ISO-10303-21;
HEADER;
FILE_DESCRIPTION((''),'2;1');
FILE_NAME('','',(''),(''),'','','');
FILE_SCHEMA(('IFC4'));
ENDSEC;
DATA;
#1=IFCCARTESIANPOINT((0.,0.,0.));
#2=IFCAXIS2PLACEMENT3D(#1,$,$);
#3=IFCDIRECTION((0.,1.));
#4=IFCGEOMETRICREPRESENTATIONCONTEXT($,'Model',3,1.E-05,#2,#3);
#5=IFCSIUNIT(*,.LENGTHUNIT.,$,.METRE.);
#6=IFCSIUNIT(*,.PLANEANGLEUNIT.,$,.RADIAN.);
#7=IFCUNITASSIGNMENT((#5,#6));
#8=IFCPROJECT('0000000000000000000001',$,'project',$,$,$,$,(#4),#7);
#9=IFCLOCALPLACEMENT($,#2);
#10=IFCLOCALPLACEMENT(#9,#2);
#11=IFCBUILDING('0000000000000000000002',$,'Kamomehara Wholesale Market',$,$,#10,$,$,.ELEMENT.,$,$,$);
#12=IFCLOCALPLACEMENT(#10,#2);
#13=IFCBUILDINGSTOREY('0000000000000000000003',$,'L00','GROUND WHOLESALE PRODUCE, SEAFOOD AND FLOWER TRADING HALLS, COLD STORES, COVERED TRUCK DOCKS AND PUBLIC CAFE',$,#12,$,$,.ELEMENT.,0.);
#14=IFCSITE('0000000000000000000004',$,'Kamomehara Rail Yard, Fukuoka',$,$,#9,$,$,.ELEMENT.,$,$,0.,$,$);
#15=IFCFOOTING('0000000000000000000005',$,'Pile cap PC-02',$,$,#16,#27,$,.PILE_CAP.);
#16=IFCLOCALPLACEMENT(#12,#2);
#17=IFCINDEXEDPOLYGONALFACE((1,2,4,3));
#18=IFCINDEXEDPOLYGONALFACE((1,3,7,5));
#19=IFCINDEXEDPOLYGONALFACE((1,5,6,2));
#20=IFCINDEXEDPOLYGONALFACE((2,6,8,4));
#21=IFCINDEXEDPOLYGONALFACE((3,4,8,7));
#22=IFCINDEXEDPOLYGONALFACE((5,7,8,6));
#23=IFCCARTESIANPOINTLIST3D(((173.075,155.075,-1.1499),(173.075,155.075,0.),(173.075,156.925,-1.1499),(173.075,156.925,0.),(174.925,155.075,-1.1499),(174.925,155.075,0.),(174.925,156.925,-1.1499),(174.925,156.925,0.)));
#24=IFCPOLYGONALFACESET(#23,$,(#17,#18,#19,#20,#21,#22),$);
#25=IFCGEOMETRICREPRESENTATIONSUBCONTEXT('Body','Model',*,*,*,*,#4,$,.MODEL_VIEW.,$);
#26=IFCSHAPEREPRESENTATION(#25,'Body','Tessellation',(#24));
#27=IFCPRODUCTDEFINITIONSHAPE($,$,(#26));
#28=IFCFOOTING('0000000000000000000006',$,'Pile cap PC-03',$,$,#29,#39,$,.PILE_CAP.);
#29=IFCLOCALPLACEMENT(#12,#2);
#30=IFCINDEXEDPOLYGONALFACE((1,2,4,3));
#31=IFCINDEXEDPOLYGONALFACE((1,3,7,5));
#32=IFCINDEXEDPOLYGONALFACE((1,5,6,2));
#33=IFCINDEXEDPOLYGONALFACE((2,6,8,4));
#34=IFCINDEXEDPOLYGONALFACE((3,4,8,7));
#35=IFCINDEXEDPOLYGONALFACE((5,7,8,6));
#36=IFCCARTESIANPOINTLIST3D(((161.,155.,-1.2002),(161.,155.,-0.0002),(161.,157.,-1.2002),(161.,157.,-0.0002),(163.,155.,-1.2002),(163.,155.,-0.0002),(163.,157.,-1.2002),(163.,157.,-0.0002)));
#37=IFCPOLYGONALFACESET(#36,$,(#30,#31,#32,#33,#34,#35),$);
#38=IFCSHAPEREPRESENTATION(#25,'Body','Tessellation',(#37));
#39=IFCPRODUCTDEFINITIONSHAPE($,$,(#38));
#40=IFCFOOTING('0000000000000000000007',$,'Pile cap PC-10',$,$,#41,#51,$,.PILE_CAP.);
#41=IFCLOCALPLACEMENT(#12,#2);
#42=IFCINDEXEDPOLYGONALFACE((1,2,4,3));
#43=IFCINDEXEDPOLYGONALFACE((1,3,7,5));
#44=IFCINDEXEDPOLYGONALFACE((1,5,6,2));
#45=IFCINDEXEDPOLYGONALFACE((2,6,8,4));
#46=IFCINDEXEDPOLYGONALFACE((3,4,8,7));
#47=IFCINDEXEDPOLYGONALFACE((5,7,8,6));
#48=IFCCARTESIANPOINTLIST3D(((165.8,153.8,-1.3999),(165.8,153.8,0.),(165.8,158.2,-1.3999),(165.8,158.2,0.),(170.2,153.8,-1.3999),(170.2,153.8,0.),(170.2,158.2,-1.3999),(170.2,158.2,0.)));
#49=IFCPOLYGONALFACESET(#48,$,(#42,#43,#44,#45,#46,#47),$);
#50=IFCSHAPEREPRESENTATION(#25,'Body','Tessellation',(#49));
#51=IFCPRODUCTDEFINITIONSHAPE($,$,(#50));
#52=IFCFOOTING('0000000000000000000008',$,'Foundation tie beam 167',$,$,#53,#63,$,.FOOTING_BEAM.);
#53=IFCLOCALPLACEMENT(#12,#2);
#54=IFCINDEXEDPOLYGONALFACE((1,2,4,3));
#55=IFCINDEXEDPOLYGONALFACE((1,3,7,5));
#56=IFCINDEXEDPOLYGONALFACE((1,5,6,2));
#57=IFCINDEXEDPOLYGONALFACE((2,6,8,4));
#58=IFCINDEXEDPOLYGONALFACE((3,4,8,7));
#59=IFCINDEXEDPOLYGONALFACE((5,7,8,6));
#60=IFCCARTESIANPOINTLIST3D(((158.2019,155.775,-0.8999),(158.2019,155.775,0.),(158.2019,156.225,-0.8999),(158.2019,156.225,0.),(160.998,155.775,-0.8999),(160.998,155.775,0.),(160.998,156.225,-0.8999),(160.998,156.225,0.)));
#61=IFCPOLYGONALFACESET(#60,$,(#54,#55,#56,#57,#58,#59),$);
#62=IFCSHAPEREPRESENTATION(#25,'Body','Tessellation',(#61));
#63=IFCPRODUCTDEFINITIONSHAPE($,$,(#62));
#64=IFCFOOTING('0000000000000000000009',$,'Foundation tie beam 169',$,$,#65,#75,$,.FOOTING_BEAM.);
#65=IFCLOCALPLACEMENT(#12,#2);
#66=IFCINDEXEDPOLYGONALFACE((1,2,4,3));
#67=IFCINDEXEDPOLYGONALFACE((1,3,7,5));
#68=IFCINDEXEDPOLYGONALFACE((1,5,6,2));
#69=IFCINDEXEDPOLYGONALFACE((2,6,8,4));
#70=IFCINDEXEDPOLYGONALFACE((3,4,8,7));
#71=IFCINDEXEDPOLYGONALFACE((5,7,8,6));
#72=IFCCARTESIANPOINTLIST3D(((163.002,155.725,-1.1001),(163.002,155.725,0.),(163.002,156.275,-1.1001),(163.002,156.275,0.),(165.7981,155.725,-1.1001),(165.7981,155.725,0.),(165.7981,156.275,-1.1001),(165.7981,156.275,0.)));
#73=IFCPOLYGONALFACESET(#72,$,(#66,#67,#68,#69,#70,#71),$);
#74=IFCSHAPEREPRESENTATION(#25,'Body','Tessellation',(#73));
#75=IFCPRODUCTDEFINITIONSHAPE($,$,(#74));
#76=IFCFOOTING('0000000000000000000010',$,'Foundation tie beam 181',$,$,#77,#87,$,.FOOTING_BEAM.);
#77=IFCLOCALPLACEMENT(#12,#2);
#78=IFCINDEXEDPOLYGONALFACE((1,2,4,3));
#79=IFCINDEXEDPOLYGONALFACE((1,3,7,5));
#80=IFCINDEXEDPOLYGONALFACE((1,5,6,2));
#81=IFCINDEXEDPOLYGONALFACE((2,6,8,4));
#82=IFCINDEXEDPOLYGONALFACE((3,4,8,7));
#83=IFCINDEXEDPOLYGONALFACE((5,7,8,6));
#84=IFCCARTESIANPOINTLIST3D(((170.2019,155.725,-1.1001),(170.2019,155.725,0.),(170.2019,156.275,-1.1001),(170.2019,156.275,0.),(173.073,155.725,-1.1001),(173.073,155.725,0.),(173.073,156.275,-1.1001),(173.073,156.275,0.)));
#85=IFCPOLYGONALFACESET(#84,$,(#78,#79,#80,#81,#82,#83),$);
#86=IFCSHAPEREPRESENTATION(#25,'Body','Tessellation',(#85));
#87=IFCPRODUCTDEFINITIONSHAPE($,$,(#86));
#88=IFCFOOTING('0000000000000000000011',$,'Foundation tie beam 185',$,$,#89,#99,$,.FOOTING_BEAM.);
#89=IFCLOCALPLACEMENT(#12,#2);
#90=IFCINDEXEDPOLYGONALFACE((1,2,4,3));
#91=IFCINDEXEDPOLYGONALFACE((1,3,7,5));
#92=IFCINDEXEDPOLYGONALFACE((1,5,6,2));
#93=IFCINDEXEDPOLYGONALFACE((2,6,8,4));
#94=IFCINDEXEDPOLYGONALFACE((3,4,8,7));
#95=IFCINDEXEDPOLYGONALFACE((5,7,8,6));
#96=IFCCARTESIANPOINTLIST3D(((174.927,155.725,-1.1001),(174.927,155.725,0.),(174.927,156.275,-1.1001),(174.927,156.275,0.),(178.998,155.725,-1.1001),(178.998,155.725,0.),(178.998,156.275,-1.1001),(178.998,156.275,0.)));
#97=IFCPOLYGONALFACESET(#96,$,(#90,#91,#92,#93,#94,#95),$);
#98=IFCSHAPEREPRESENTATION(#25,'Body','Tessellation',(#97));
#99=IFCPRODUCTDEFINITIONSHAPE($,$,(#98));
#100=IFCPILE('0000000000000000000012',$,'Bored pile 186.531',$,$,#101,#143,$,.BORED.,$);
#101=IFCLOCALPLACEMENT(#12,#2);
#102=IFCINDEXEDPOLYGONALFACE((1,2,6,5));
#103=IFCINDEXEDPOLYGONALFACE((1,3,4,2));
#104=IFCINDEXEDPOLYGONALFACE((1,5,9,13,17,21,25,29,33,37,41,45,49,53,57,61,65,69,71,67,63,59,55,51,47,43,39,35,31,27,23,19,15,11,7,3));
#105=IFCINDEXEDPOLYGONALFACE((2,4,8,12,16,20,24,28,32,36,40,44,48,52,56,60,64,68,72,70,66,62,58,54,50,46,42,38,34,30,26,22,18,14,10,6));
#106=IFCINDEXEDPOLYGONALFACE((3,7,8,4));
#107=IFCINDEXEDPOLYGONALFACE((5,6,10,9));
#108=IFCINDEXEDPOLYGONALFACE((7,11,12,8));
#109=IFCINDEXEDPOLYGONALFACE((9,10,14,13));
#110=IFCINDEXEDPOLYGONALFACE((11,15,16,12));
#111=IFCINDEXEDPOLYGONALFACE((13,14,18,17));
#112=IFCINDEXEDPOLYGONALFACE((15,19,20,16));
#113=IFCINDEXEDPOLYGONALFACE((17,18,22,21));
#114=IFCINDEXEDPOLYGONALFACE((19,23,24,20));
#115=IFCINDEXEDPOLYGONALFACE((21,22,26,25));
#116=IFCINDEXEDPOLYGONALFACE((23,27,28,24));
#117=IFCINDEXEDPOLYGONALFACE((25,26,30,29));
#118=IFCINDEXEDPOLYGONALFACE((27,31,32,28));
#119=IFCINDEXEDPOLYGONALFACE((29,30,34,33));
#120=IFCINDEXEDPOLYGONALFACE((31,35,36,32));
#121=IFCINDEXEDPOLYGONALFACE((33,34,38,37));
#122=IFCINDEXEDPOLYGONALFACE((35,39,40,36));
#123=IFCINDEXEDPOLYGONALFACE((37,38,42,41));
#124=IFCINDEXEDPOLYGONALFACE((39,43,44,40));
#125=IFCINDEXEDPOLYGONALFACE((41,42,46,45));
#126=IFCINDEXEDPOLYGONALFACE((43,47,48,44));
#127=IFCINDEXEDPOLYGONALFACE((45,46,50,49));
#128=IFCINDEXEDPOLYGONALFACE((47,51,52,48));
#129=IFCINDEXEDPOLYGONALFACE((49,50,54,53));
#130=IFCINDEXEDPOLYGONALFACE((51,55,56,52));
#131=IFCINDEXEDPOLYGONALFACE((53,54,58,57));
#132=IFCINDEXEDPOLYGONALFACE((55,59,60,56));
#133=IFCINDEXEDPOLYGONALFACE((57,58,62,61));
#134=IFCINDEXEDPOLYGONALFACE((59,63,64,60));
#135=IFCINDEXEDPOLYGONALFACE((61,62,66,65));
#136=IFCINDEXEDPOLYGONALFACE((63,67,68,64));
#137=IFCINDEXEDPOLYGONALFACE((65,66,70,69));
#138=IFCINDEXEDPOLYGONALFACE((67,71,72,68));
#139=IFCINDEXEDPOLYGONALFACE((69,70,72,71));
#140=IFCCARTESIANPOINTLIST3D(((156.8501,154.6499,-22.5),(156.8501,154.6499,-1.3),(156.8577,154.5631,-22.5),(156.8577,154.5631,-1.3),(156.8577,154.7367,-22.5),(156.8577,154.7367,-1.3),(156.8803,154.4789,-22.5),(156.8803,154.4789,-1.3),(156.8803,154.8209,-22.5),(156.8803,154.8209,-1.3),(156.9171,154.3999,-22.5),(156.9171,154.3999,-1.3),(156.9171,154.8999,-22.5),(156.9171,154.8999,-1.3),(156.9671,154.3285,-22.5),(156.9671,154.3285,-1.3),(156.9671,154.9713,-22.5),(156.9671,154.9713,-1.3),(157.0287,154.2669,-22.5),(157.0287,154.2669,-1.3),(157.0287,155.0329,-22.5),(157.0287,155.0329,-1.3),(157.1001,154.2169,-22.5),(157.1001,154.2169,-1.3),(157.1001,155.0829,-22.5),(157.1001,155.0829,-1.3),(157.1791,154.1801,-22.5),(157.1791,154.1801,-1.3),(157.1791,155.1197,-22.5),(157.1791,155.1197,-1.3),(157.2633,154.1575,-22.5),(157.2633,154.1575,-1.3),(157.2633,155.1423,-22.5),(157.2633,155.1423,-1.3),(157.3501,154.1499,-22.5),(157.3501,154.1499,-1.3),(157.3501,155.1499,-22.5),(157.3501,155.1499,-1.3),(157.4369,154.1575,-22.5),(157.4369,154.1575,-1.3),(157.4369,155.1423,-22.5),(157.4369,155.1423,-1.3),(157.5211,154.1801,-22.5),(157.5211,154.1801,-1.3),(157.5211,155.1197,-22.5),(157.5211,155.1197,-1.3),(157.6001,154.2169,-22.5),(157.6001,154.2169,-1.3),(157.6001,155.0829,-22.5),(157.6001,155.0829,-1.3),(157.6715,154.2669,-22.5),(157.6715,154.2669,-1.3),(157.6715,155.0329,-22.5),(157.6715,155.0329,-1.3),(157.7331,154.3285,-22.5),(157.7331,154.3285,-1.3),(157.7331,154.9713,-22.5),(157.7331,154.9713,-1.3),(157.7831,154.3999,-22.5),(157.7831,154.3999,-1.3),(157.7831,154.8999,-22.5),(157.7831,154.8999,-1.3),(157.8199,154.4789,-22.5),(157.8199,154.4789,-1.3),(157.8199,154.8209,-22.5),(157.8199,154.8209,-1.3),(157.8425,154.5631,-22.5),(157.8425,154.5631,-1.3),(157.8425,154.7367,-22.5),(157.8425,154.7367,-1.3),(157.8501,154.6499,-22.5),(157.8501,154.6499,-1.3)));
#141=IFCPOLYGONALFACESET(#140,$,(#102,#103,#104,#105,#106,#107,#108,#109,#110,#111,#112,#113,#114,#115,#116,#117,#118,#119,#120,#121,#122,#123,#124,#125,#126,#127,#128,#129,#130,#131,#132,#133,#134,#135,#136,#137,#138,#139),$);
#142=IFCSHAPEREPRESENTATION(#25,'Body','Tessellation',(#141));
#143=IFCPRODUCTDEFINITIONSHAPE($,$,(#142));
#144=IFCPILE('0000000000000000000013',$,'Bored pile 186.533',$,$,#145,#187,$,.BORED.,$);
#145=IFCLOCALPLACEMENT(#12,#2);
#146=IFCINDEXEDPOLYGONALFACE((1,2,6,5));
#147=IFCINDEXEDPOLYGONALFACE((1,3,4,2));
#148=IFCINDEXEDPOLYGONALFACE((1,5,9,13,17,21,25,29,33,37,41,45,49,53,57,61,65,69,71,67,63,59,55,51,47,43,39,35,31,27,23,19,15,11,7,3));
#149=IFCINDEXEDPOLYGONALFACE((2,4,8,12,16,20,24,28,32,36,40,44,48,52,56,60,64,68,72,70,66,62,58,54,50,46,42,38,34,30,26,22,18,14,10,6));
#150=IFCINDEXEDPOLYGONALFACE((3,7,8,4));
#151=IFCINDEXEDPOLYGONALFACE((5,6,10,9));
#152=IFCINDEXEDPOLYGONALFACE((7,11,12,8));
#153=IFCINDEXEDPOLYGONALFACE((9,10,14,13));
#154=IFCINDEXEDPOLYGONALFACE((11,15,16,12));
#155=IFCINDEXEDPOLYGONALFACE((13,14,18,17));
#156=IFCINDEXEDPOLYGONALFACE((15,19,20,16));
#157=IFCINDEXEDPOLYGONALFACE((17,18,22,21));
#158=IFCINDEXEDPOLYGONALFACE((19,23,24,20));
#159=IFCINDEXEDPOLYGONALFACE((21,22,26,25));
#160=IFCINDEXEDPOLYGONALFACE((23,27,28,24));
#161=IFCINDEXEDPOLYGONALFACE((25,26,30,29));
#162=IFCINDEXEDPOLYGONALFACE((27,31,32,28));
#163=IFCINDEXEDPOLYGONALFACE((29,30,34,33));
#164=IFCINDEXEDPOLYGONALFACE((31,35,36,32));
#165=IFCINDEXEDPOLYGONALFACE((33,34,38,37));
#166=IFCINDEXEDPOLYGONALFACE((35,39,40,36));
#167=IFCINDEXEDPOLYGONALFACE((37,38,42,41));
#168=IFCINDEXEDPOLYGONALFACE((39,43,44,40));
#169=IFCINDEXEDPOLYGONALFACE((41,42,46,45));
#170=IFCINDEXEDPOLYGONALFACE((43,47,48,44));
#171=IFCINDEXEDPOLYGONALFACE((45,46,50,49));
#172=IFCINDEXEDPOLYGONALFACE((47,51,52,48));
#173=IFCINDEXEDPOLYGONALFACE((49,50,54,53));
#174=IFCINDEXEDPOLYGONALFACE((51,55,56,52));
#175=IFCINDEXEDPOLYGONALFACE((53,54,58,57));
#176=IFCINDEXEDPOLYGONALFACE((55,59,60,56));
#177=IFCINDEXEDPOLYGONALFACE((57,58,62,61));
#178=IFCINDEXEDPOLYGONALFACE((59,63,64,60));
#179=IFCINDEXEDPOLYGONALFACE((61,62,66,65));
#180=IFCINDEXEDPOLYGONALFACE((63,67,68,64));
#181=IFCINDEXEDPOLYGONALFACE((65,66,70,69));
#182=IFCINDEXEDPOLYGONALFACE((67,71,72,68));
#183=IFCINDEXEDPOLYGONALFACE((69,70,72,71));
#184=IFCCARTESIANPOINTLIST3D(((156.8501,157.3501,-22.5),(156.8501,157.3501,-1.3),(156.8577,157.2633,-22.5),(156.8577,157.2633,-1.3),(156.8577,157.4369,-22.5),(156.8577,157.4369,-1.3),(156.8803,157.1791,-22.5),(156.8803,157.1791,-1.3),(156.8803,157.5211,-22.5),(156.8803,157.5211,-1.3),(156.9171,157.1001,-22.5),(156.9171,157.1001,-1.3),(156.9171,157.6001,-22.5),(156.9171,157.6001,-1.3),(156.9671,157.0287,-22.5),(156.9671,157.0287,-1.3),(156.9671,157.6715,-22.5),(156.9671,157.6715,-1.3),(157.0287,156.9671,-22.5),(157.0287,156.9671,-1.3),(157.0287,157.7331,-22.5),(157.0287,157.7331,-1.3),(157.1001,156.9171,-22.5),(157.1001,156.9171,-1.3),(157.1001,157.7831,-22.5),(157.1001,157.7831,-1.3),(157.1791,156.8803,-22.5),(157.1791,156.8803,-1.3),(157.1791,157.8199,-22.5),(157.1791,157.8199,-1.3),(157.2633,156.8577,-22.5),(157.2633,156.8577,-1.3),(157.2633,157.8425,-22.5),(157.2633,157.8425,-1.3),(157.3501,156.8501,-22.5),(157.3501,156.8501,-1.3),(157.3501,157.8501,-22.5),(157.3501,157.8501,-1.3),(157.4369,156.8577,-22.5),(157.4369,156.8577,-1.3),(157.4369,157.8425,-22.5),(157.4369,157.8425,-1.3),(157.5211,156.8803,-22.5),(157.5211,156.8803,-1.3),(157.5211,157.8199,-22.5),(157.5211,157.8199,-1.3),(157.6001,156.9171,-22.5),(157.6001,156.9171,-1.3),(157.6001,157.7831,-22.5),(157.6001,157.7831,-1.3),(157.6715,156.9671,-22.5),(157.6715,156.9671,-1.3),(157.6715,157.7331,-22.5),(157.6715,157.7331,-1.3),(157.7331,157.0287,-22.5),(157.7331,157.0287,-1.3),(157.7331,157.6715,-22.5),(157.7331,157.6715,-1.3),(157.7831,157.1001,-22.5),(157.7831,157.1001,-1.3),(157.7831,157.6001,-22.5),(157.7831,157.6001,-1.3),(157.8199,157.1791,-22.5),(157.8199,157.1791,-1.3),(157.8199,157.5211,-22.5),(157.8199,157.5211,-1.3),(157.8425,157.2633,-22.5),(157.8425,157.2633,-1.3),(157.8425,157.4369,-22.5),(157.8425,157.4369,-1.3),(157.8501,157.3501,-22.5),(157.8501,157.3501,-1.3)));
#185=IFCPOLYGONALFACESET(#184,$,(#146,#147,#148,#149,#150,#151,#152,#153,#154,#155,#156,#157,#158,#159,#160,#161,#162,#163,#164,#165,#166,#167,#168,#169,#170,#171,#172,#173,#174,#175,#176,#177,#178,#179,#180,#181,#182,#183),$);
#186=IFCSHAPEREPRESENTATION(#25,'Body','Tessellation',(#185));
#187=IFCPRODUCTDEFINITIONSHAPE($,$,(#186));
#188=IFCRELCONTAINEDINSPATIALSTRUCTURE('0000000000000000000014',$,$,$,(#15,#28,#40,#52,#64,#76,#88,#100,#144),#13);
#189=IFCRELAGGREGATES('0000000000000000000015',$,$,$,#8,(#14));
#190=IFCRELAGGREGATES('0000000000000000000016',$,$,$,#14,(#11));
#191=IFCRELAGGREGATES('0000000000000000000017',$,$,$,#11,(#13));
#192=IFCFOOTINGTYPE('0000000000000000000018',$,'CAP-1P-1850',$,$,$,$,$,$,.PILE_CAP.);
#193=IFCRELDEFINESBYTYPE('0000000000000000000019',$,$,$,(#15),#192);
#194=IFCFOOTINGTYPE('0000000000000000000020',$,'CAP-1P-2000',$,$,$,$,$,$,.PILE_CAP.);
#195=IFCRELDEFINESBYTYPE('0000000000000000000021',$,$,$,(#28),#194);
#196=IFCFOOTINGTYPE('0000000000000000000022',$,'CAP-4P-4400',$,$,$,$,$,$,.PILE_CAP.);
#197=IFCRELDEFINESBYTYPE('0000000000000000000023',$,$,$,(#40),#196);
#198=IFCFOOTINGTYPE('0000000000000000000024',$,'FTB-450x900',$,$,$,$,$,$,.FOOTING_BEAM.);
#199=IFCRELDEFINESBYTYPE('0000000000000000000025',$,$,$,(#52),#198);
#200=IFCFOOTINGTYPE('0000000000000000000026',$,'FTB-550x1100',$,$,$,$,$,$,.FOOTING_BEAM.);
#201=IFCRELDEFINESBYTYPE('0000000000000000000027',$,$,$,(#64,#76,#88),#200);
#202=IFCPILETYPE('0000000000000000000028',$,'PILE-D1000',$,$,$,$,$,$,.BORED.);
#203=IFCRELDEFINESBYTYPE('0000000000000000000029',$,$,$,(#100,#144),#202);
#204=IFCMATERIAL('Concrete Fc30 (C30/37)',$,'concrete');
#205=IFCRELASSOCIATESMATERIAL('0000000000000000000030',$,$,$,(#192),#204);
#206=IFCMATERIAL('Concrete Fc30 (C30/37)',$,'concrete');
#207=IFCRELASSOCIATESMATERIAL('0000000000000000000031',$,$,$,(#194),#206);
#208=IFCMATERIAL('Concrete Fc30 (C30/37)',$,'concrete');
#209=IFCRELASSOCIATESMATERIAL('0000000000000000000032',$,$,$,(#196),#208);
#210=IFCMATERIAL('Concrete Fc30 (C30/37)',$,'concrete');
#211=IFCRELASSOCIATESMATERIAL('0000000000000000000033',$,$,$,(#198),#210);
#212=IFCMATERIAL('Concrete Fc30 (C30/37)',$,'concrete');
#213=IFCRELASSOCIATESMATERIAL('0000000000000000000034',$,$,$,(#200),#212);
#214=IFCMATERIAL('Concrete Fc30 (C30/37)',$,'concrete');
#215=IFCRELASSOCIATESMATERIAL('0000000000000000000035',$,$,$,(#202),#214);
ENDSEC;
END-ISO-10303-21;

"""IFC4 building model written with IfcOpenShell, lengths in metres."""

from ifc_helpers import new_model, si_unit, direction, frame, origin, origin_2d, place, context, subcontext, project, spatial, rectangle, circle, extrude, material, material_profile, profile_set, type_object, element, save


model = new_model("IFC4")

# Units and contexts
model_context = context("Model", 3, precision=1e-05, world=origin(), true_north=direction((0.0, 1.0)))
body_context = subcontext(model_context, "Body", "Model", "MODEL_VIEW")
ifc_project = project(units=[si_unit("LENGTHUNIT", "METRE"), si_unit("PLANEANGLEUNIT", "RADIAN")], contexts=[model_context])

# Site, building, storey
site_placement = place(None, origin())
site = spatial("IfcSite", under=ifc_project, at=site_placement, Name="Kamomehara Rail Yard, Fukuoka", CompositionType="ELEMENT", RefElevation=0.0)
building_placement = place(site_placement, origin())
building = spatial("IfcBuilding", under=site, at=building_placement, Name="Kamomehara Wholesale Market", CompositionType="ELEMENT")
storey_placement = place(building_placement, origin())
storey = spatial("IfcBuildingStorey", under=building, at=storey_placement, Name="L00", Description="GROUND WHOLESALE PRODUCE, SEAFOOD AND FLOWER TRADING HALLS, COLD STORES, COVERED TRUCK DOCKS AND PUBLIC CAFE", CompositionType="ELEMENT", Elevation=0.0)

# Footings
ifc_material_1 = material(Name="Concrete Fc30 (C30/37)", Category="concrete")
footing_type_1 = type_object("IfcFootingType", Name="CAP-1P-1850", PredefinedType="PILE_CAP", material=ifc_material_1)
footing_1_placement = place(storey_placement, frame((174.0, 156.0, -1.1499), z_axis=(0.0, 0.0, 1.0), x_axis=(1.0, 0.0, 0.0)))
element("IfcFooting", 1, at=footing_1_placement, inside=storey, type_object=footing_type_1, Name="Pile cap PC-02", PredefinedType="PILE_CAP", context=body_context, shape_type="SweptSolid", body=[
    extrude(rectangle(XDim=1.8501, YDim=1.8501, at=origin_2d()), origin(), (0.0, 0.0, 1.0), 1.1499),
])
ifc_material_2 = material(Name="Concrete Fc30 (C30/37)", Category="concrete")
footing_type_2 = type_object("IfcFootingType", Name="CAP-1P-2000", PredefinedType="PILE_CAP", material=ifc_material_2)
footing_2_placement = place(storey_placement, frame((162.0, 156.0, -1.2002), z_axis=(0.0, 0.0, 1.0), x_axis=(1.0, 0.0, 0.0)))
element("IfcFooting", 2, at=footing_2_placement, inside=storey, type_object=footing_type_2, Name="Pile cap PC-03", PredefinedType="PILE_CAP", context=body_context, shape_type="SweptSolid", body=[
    extrude(rectangle(XDim=2.0, YDim=2.0, at=origin_2d()), origin(), (0.0, 0.0, 1.0), 1.2),
])
ifc_material_3 = material(Name="Concrete Fc30 (C30/37)", Category="concrete")
footing_type_3 = type_object("IfcFootingType", Name="CAP-4P-4400", PredefinedType="PILE_CAP", material=ifc_material_3)
footing_3_placement = place(storey_placement, frame((168.0, 156.0, -1.3999), z_axis=(0.0, 0.0, 1.0), x_axis=(1.0, 0.0, 0.0)))
element("IfcFooting", 3, at=footing_3_placement, inside=storey, type_object=footing_type_3, Name="Pile cap PC-10", PredefinedType="PILE_CAP", context=body_context, shape_type="SweptSolid", body=[
    extrude(rectangle(XDim=4.3999, YDim=4.3999, at=origin_2d()), origin(), (0.0, 0.0, 1.0), 1.3999),
])
ifc_material_4 = material(Name="Concrete Fc30 (C30/37)", Category="concrete")
ifc_material_profile_1 = material_profile(ifc_material_4, rectangle(XDim=0.45, YDim=0.8999, at=origin_2d()), Name="RC-FTB-450x900")
ifc_profile_set_1 = profile_set([ifc_material_profile_1], Name="Concrete Fc30 (C30/37)")
footing_type_4 = type_object("IfcFootingType", Name="FTB-450x900", PredefinedType="FOOTING_BEAM", material=ifc_profile_set_1)
footing_4_placement = place(storey_placement, frame((158.2019, 156.0, -0.45), z_axis=(1.0, 0.0, 0.0), x_axis=(0.0, 1.0, 0.0)))
element("IfcFooting", 4, at=footing_4_placement, inside=storey, type_object=footing_type_4, Name="Foundation tie beam 167", PredefinedType="FOOTING_BEAM", context=body_context, shape_type="SweptSolid", body=[
    extrude(rectangle(XDim=0.45, YDim=0.8999, at=origin_2d()), origin(), (0.0, 0.0, 1.0), 2.7961),
])
ifc_material_5 = material(Name="Concrete Fc30 (C30/37)", Category="concrete")
ifc_material_profile_2 = material_profile(ifc_material_5, rectangle(XDim=0.55, YDim=1.1001, at=origin_2d()), Name="RC-FTB-550x1100")
ifc_profile_set_2 = profile_set([ifc_material_profile_2], Name="Concrete Fc30 (C30/37)")
footing_type_5 = type_object("IfcFootingType", Name="FTB-550x1100", PredefinedType="FOOTING_BEAM", material=ifc_profile_set_2)
footing_5_placement = place(storey_placement, frame((163.002, 156.0, -0.55), z_axis=(1.0, 0.0, 0.0), x_axis=(0.0, 1.0, 0.0)))
element("IfcFooting", 5, at=footing_5_placement, inside=storey, type_object=footing_type_5, Name="Foundation tie beam 169", PredefinedType="FOOTING_BEAM", context=body_context, shape_type="SweptSolid", body=[
    extrude(rectangle(XDim=0.55, YDim=1.1001, at=origin_2d()), origin(), (0.0, 0.0, 1.0), 2.7961),
])
footing_6_placement = place(storey_placement, frame((170.2019, 156.0, -0.55), z_axis=(1.0, 0.0, 0.0), x_axis=(0.0, 1.0, 0.0)))
element("IfcFooting", 6, at=footing_6_placement, inside=storey, type_object=footing_type_5, Name="Foundation tie beam 181", PredefinedType="FOOTING_BEAM", context=body_context, shape_type="SweptSolid", body=[
    extrude(rectangle(XDim=0.55, YDim=1.1001, at=origin_2d()), origin(), (0.0, 0.0, 1.0), 2.8711),
])
footing_7_placement = place(storey_placement, frame((174.927, 156.0, -0.55), z_axis=(1.0, 0.0, 0.0), x_axis=(0.0, 1.0, 0.0)))
element("IfcFooting", 7, at=footing_7_placement, inside=storey, type_object=footing_type_5, Name="Foundation tie beam 185", PredefinedType="FOOTING_BEAM", context=body_context, shape_type="SweptSolid", body=[
    extrude(rectangle(XDim=0.55, YDim=1.1001, at=origin_2d()), origin(), (0.0, 0.0, 1.0), 4.071),
])

# Piles
ifc_material_6 = material(Name="Concrete Fc30 (C30/37)", Category="concrete")
ifc_material_profile_3 = material_profile(ifc_material_6, circle(Radius=0.5, at=origin_2d()), Name="RC-PILE-D1000")
ifc_profile_set_3 = profile_set([ifc_material_profile_3], Name="Concrete Fc30 (C30/37)")
pile_type_1 = type_object("IfcPileType", Name="PILE-D1000", PredefinedType="BORED", material=ifc_profile_set_3)
for number, where, z_axis, x_axis, name in (
    (8, (157.3501, 154.6499, -1.3), (0.0, 0.0, -1.0), (1.0, 0.0, 0.0), "Bored pile 186.531"),
    (9, (157.3501, 157.3501, -1.3), (0.0, 0.0, -1.0), (1.0, 0.0, 0.0), "Bored pile 186.533"),
):
    element("IfcPile", number, at=place(storey_placement, frame(where, z_axis=z_axis, x_axis=x_axis)), inside=storey, type_object=pile_type_1, Name=name, PredefinedType="BORED", context=body_context, shape_type="SweptSolid", body=[
        extrude(circle(Radius=0.5, at=origin_2d()), origin(), (0.0, 0.0, 1.0), 21.2),
    ])

save(model, "model.ifc")
